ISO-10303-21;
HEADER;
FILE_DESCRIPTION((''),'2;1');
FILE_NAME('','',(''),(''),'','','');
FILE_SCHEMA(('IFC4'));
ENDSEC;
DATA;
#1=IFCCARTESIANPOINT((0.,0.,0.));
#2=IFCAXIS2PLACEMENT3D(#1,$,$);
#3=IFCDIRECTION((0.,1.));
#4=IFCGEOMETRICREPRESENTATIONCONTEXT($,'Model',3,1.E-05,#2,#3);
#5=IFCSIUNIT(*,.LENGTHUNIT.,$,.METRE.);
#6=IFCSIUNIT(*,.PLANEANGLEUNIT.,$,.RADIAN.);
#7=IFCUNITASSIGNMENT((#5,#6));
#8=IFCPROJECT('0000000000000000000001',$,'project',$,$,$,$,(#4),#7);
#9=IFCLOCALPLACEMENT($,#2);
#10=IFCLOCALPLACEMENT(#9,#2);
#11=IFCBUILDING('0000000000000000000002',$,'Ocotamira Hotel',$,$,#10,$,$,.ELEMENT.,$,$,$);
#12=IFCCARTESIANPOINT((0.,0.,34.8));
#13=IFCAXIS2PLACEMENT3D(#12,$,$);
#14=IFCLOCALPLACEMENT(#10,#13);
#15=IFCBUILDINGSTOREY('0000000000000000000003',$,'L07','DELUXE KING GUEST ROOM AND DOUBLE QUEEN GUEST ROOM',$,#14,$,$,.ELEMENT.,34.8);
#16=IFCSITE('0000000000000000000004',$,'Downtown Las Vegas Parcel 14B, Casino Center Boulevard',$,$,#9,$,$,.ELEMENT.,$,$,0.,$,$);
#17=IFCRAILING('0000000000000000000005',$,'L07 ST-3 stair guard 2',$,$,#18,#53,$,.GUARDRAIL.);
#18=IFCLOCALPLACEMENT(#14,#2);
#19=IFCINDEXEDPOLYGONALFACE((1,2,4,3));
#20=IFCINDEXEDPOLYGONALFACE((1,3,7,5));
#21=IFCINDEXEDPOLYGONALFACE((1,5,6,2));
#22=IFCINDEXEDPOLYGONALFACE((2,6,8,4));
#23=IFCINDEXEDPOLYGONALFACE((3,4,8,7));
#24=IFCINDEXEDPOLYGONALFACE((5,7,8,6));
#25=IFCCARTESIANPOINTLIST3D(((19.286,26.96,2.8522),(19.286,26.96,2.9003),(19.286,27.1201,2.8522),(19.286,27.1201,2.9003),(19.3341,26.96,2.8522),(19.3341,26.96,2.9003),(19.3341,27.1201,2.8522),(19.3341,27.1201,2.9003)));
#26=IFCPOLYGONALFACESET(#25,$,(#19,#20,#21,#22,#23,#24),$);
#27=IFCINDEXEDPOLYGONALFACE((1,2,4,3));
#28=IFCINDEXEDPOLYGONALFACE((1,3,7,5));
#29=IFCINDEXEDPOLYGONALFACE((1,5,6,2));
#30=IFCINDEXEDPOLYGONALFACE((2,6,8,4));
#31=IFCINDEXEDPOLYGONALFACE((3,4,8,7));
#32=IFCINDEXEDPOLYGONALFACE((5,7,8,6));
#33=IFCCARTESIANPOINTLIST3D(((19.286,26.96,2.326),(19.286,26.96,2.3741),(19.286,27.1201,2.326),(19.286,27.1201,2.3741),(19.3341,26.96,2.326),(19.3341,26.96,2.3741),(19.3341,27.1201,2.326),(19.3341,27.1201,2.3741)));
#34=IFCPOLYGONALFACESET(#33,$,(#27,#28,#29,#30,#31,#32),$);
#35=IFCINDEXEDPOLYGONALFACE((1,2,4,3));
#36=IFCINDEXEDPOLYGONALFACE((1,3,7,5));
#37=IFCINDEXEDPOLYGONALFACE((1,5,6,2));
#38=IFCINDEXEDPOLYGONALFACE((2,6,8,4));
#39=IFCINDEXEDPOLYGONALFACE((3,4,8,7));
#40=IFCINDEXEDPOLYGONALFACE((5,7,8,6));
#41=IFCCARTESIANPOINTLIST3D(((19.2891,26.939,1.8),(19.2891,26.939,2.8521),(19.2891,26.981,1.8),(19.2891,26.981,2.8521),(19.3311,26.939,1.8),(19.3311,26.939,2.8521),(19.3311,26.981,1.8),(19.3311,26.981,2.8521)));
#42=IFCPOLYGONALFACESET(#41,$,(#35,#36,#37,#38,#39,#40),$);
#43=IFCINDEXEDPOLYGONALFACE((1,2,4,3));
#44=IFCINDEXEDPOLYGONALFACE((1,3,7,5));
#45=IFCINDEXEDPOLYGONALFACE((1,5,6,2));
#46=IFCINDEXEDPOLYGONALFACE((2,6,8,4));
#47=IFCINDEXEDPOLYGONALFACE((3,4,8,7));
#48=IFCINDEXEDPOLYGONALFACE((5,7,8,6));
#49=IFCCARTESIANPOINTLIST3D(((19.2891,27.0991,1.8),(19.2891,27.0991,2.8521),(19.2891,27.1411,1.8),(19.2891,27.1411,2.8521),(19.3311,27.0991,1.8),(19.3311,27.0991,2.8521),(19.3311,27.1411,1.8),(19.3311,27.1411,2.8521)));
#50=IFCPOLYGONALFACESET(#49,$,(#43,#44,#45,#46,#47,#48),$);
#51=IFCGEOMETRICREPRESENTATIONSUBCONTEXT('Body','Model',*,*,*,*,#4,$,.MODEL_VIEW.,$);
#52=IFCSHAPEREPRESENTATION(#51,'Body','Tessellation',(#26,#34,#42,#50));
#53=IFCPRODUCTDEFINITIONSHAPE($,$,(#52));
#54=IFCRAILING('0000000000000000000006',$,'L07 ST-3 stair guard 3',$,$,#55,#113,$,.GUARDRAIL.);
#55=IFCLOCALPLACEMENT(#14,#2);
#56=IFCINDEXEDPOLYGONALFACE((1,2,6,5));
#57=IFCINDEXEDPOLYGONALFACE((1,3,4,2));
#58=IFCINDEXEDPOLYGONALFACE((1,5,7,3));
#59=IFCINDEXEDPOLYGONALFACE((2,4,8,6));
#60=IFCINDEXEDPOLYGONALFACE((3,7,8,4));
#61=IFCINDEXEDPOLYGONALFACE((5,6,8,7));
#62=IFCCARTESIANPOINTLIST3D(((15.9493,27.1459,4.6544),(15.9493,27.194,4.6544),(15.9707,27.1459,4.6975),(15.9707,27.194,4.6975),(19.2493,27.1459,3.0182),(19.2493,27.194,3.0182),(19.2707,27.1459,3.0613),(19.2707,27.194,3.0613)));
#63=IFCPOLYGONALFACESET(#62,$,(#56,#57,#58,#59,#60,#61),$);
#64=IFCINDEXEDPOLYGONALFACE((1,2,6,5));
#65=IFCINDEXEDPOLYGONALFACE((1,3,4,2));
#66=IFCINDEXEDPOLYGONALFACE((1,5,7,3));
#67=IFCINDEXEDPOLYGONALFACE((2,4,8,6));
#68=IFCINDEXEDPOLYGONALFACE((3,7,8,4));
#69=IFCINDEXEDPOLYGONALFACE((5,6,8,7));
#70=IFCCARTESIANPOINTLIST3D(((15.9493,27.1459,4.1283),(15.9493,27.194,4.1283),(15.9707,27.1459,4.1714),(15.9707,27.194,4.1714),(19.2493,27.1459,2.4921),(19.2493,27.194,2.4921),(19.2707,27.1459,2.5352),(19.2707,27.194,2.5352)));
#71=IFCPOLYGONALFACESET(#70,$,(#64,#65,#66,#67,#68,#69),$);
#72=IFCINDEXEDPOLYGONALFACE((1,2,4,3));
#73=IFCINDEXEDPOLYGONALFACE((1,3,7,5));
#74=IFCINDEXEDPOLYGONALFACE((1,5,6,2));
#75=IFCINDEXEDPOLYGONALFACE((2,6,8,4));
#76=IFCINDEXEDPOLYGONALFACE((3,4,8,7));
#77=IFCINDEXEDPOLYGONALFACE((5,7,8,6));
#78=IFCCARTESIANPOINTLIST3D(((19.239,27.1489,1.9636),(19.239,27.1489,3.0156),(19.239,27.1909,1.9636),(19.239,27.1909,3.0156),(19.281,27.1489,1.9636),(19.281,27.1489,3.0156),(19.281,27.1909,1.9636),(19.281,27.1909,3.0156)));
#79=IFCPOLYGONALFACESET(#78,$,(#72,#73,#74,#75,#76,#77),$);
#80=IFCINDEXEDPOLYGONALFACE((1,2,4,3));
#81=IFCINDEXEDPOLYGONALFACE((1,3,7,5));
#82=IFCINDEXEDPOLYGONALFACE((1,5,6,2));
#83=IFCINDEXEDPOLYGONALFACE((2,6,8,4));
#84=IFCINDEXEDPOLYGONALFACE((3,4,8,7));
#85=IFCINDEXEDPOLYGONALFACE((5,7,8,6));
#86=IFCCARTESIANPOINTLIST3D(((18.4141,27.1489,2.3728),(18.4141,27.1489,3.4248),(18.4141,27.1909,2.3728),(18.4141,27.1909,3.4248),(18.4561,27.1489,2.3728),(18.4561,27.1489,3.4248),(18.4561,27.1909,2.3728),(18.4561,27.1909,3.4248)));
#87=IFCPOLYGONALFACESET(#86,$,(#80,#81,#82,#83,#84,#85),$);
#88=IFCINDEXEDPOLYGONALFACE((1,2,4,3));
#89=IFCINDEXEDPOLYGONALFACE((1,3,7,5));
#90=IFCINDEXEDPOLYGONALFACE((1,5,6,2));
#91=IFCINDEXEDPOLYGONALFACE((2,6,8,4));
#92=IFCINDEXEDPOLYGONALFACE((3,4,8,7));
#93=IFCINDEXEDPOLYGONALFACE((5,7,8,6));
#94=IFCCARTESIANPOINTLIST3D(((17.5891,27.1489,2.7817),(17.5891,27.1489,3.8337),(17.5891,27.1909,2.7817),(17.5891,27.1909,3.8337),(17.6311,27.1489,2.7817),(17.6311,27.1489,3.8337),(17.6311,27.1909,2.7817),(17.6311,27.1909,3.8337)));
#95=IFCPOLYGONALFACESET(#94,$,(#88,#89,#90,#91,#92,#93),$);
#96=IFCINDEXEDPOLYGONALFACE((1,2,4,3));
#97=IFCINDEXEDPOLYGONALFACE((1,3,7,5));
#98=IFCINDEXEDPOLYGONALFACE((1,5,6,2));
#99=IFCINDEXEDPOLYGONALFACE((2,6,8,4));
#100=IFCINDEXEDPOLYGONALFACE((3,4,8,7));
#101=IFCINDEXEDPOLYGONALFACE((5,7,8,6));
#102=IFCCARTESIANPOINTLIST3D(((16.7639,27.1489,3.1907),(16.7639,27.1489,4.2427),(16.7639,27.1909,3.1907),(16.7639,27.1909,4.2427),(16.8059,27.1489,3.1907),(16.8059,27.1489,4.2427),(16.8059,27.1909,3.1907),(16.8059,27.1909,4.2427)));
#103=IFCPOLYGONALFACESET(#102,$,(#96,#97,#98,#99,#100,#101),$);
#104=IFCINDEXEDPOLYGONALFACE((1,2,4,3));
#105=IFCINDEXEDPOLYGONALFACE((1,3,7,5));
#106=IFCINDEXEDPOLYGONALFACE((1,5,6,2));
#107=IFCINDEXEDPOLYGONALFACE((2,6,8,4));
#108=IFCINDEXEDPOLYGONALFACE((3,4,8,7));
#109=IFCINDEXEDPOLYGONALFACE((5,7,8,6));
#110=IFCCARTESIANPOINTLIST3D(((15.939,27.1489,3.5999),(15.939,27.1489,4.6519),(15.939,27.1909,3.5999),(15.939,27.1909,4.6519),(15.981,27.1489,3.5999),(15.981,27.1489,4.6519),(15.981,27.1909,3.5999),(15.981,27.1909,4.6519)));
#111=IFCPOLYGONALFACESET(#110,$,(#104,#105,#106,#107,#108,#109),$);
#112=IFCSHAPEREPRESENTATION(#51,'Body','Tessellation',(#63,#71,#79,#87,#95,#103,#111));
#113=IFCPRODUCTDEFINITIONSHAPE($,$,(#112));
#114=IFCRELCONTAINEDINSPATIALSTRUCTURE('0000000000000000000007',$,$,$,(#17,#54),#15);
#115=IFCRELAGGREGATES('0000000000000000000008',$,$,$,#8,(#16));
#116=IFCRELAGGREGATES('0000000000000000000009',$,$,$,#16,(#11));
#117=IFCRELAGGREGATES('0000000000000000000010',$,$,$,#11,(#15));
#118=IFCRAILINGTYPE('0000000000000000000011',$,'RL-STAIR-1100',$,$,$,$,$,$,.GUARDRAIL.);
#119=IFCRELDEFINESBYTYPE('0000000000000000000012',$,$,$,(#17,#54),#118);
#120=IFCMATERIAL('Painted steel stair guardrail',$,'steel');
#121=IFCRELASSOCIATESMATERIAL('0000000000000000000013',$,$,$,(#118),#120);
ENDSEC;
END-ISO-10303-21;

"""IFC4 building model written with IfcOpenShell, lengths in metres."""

from ifc_helpers import new_model, si_unit, direction, frame, origin, origin_2d, place, context, subcontext, project, spatial, rectangle, extrude, material, type_object, element, save


model = new_model("IFC4")

# Units and contexts
model_context = context("Model", 3, precision=1e-05, world=origin(), true_north=direction((0.0, 1.0)))
body_context = subcontext(model_context, "Body", "Model", "MODEL_VIEW")
ifc_project = project(units=[si_unit("LENGTHUNIT", "METRE"), si_unit("PLANEANGLEUNIT", "RADIAN")], contexts=[model_context])

# Site, building, storey
site_placement = place(None, origin())
site = spatial("IfcSite", under=ifc_project, at=site_placement, Name="Downtown Las Vegas Parcel 14B, Casino Center Boulevard", CompositionType="ELEMENT", RefElevation=0.0)
building_placement = place(site_placement, origin())
building = spatial("IfcBuilding", under=site, at=building_placement, Name="Ocotamira Hotel", CompositionType="ELEMENT")
storey_placement = place(building_placement, frame((0.0, 0.0, 34.8)))
storey = spatial("IfcBuildingStorey", under=building, at=storey_placement, Name="L07", Description="DELUXE KING GUEST ROOM AND DOUBLE QUEEN GUEST ROOM", CompositionType="ELEMENT", Elevation=34.8)

# Railings
ifc_material_1 = material(Name="Painted steel stair guardrail", Category="steel")
railing_type_1 = type_object("IfcRailingType", Name="RL-STAIR-1100", PredefinedType="GUARDRAIL", material=ifc_material_1)
railing_1_placement = place(storey_placement, frame((19.3101, 26.96, 1.8)))
element("IfcRailing", 1, at=railing_1_placement, inside=storey, type_object=railing_type_1, Name="L07 ST-3 stair guard 2", PredefinedType="GUARDRAIL", context=body_context, shape_type="SweptSolid", body=[
    extrude(rectangle(XDim=0.0481, YDim=0.0481, at=origin_2d()), frame((0.0, 0.0, 1.0762), z_axis=(0.0, 1.0, 0.0), x_axis=(-1.0, 0.0, 0.0)), (0.0, 0.0, 1.0), 0.1602),
    extrude(rectangle(XDim=0.0481, YDim=0.0481, at=origin_2d()), frame((0.0, 0.0, 0.55), z_axis=(0.0, 1.0, 0.0), x_axis=(-1.0, 0.0, 0.0)), (0.0, 0.0, 1.0), 0.1602),
    extrude(rectangle(XDim=0.042, YDim=0.042, at=origin_2d()), origin(), (0.0, 0.0, 1.0), 1.052),
    extrude(rectangle(XDim=0.042, YDim=0.042, at=origin_2d()), frame((0.0, 0.1602, 0.0)), (0.0, 0.0, 1.0), 1.052),
])
railing_2_placement = place(storey_placement, frame((19.26, 27.1699, 1.9636)))
element("IfcRailing", 2, at=railing_2_placement, inside=storey, type_object=railing_type_1, Name="L07 ST-3 stair guard 3", PredefinedType="GUARDRAIL", context=body_context, shape_type="SweptSolid", body=[
    extrude(rectangle(XDim=0.0481, YDim=0.0481, at=origin_2d()), frame((0.0, 0.0, 1.0762), z_axis=(-0.89592, 0.0, 0.444215), x_axis=(0.0, -1.0, 0.0)), (0.0, 0.0, 1.0), 3.6833),
    extrude(rectangle(XDim=0.0481, YDim=0.0481, at=origin_2d()), frame((0.0, 0.0, 0.55), z_axis=(-0.89592, 0.0, 0.444215), x_axis=(0.0, -1.0, 0.0)), (0.0, 0.0, 1.0), 3.6833),
    extrude(rectangle(XDim=0.042, YDim=0.042, at=origin_2d()), origin(), (0.0, 0.0, 1.0), 1.052),
    extrude(rectangle(XDim=0.042, YDim=0.042, at=origin_2d()), frame((-0.825, 0.0, 0.4092)), (0.0, 0.0, 1.0), 1.052),
    extrude(rectangle(XDim=0.042, YDim=0.042, at=origin_2d()), frame((-1.6499, 0.0, 0.8181)), (0.0, 0.0, 1.0), 1.052),
    extrude(rectangle(XDim=0.042, YDim=0.042, at=origin_2d()), frame((-2.4751, 0.0, 1.2271)), (0.0, 0.0, 1.0), 1.052),
    extrude(rectangle(XDim=0.042, YDim=0.042, at=origin_2d()), frame((-3.3, 0.0, 1.6362)), (0.0, 0.0, 1.0), 1.052),
])

save(model, "model.ifc")
